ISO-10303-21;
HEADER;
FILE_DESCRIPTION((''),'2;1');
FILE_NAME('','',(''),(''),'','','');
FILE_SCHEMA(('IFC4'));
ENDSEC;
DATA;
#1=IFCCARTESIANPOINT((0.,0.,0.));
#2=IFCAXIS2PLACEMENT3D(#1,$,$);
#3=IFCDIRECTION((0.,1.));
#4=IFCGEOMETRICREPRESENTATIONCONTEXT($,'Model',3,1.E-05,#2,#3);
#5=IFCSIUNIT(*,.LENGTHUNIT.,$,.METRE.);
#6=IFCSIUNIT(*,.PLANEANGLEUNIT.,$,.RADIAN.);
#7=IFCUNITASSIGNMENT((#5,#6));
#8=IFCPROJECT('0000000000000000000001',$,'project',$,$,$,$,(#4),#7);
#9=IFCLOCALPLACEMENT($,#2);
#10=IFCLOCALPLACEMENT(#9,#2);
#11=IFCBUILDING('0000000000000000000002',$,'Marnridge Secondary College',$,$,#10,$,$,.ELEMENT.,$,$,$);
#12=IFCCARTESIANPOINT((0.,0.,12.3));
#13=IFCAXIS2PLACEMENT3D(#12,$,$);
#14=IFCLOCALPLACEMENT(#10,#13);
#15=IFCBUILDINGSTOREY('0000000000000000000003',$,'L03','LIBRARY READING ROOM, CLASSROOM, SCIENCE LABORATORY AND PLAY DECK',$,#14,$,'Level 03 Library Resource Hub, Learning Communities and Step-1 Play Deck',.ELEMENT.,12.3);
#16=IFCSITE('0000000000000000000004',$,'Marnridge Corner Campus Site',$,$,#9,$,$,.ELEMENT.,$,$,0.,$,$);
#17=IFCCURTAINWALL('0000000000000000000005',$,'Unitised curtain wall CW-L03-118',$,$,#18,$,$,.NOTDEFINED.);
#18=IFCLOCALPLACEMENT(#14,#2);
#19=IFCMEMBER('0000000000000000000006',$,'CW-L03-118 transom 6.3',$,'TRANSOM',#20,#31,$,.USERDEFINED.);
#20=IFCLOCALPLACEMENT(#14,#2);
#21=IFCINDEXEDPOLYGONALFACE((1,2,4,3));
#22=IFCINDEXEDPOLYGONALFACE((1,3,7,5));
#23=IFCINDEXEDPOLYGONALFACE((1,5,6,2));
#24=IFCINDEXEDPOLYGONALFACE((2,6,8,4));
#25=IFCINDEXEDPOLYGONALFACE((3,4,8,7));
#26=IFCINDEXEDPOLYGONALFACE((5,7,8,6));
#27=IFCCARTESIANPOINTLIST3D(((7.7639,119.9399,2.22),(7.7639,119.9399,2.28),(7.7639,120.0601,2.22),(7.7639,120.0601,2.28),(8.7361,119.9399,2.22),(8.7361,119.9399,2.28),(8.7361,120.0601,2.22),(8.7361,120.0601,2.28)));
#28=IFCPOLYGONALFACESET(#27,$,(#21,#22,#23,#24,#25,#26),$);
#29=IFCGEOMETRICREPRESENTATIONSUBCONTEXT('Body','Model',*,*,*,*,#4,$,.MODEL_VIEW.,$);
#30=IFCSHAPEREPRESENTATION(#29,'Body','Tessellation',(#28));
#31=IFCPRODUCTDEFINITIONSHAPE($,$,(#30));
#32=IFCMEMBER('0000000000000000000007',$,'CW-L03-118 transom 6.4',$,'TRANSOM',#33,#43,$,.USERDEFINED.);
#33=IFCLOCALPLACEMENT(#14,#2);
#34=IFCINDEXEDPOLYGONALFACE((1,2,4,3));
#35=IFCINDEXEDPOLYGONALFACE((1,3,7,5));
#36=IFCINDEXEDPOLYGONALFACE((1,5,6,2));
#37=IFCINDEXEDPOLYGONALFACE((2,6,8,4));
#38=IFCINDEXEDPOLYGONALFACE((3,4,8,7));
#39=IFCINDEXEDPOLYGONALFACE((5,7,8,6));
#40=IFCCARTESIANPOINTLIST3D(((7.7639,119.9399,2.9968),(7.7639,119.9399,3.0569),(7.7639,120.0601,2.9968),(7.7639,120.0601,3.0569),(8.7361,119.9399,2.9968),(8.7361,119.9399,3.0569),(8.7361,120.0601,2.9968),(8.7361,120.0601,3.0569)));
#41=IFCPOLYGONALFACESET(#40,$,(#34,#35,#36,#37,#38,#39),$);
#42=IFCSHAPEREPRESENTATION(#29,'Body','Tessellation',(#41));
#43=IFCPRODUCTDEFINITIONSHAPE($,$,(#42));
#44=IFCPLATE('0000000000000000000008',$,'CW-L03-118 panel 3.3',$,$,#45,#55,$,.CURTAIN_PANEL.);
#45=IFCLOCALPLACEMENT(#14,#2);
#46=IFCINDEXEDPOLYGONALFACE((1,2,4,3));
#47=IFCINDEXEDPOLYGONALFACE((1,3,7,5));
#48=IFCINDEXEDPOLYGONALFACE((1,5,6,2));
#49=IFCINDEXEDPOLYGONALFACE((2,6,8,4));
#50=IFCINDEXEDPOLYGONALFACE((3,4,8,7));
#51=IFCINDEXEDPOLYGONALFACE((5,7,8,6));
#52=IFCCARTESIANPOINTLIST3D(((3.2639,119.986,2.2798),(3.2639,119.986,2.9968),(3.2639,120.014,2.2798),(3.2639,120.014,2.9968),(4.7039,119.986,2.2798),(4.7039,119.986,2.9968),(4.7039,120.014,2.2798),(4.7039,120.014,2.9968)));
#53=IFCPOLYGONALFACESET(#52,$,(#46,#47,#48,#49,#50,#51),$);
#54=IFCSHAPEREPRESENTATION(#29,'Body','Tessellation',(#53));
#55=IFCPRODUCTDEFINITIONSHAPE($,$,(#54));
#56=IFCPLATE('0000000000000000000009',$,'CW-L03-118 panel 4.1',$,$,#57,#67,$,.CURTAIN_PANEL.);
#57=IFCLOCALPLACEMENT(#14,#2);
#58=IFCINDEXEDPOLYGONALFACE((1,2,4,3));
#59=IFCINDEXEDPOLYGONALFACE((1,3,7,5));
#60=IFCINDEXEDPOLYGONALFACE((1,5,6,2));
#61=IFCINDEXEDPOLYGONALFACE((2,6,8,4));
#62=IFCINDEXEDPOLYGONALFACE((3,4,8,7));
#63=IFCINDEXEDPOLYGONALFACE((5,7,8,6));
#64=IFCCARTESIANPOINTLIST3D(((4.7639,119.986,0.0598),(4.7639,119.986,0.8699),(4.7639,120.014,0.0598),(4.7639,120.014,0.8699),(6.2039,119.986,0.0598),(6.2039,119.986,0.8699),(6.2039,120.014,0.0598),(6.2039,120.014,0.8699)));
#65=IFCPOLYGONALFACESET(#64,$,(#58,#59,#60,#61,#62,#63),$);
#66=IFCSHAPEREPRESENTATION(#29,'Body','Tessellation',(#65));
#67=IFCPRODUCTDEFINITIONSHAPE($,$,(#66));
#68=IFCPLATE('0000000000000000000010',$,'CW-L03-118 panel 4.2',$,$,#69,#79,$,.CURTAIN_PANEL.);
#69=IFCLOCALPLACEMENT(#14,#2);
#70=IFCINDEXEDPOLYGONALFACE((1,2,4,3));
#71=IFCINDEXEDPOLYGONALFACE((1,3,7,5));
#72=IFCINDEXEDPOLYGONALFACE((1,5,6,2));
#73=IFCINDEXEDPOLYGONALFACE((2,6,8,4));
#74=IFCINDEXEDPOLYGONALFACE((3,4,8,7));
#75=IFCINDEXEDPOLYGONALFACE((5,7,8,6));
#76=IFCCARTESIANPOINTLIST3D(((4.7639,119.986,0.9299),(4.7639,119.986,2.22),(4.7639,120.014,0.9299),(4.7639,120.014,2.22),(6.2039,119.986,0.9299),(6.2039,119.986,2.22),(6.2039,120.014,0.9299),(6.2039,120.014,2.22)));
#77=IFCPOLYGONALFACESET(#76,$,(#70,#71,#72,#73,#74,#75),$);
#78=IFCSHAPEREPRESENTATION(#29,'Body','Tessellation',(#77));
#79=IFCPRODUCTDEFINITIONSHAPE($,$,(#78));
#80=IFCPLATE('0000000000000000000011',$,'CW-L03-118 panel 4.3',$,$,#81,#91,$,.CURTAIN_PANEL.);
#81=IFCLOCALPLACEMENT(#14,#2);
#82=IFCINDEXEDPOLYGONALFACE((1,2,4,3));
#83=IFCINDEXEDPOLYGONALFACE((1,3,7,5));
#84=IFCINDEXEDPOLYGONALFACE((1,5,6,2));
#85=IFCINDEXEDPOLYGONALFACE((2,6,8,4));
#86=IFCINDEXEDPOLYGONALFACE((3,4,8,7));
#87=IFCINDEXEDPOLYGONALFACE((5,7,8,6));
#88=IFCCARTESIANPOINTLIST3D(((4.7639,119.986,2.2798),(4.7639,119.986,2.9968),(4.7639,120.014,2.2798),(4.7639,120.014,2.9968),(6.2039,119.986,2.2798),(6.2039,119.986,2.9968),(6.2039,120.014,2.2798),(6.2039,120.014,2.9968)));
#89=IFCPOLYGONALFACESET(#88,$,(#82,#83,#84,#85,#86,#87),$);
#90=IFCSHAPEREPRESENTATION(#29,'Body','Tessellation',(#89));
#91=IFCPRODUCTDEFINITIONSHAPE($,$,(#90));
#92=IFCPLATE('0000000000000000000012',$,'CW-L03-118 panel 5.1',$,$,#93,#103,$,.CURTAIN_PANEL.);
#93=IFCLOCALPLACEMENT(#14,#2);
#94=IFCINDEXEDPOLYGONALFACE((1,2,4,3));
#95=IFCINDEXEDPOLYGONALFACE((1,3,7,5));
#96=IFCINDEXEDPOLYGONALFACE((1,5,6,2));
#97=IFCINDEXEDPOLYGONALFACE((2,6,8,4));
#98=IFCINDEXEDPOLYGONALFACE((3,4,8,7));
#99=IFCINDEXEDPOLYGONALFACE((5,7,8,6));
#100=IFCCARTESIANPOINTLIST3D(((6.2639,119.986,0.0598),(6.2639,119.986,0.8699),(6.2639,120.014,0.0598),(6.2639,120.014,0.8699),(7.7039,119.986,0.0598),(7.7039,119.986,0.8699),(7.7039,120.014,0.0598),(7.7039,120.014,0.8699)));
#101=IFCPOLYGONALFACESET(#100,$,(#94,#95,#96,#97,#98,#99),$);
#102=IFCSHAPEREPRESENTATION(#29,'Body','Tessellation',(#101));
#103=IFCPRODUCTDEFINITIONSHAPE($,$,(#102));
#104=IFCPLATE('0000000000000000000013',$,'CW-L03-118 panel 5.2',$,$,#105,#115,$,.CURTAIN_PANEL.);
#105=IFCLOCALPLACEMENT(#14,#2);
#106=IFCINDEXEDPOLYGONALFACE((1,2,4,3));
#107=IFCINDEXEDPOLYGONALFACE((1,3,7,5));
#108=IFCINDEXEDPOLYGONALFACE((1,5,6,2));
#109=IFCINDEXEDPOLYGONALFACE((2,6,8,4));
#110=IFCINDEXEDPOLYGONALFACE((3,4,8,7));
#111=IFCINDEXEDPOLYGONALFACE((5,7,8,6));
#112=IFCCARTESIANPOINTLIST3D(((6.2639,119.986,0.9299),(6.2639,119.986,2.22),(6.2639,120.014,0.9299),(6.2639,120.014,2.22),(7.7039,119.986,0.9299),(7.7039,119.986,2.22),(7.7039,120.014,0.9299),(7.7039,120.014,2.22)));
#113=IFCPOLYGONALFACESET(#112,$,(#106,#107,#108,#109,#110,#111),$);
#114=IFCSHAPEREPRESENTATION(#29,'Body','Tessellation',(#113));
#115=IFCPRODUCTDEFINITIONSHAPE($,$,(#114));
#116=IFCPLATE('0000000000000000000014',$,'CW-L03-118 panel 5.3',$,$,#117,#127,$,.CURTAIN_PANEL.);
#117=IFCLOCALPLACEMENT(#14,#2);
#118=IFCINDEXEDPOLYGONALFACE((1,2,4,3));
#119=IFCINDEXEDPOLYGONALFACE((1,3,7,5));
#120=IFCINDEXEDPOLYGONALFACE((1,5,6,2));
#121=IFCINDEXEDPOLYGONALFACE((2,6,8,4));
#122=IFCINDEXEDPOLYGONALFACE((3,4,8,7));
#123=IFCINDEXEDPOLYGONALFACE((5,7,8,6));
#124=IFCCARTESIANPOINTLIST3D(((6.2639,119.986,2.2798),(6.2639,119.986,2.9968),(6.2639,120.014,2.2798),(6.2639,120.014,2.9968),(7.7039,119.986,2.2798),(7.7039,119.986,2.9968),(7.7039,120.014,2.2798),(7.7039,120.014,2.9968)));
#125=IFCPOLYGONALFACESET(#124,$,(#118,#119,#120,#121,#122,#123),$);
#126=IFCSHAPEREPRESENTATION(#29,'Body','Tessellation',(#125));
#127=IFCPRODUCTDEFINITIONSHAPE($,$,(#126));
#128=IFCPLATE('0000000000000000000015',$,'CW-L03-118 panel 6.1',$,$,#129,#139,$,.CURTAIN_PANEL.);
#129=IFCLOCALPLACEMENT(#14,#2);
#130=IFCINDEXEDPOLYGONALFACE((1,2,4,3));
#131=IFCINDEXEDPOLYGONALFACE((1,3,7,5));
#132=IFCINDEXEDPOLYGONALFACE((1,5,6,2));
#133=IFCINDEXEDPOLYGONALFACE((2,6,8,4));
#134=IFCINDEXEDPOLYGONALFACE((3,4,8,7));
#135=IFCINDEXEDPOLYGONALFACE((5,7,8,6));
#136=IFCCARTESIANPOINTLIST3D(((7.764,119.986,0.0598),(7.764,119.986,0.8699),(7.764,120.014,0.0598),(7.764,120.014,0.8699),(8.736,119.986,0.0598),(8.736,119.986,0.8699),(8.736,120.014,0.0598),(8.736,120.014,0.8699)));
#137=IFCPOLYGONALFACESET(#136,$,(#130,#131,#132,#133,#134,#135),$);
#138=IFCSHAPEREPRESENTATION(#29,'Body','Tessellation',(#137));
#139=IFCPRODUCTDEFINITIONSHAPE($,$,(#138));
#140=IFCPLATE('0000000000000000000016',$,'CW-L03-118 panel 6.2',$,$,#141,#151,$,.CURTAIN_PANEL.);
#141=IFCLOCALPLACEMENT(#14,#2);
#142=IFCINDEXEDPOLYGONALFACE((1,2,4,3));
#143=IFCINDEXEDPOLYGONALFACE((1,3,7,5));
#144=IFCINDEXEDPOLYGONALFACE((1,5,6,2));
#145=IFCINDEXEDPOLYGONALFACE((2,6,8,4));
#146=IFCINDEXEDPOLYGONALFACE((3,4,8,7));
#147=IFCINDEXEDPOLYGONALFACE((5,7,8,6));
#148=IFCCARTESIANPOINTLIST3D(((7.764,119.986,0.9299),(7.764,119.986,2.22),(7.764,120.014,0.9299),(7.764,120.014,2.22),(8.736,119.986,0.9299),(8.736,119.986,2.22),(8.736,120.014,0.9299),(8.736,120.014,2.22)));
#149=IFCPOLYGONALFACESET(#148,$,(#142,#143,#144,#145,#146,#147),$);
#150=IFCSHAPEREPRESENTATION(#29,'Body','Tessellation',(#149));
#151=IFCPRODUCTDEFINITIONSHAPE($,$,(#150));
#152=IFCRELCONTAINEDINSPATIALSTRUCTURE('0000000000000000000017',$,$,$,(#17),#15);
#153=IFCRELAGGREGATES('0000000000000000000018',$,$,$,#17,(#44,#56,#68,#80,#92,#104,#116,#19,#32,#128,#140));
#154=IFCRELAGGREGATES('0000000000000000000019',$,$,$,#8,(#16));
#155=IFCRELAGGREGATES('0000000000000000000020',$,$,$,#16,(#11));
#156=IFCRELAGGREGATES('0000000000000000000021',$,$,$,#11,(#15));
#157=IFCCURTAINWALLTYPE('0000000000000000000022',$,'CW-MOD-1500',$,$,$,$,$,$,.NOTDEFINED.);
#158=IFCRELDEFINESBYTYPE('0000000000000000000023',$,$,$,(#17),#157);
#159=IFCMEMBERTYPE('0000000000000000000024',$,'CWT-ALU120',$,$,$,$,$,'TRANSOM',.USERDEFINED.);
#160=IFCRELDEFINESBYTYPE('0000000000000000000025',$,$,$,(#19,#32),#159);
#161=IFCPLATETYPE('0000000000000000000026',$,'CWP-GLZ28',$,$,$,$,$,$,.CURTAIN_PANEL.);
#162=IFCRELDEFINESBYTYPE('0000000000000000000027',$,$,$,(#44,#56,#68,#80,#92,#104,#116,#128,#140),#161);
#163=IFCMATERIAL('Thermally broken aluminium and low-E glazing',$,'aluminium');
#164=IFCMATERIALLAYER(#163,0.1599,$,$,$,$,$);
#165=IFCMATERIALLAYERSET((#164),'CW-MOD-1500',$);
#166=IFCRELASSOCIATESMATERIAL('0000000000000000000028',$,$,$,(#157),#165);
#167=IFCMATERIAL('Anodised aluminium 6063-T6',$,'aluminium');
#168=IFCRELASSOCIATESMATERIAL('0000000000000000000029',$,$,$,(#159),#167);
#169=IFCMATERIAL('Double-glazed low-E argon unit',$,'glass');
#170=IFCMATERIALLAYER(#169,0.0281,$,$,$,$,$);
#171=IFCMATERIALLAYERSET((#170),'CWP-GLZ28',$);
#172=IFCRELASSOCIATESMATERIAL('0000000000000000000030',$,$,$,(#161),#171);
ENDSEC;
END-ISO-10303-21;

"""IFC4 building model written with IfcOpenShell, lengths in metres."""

from ifc_helpers import new_model, si_unit, direction, frame, origin, origin_2d, place, context, subcontext, project, spatial, rectangle, extrude, material, layer, layer_set, material_profile, profile_set, type_object, element, aggregate, save


model = new_model("IFC4")

# Units and contexts
model_context = context("Model", 3, precision=1e-05, world=origin(), true_north=direction((0.0, 1.0)))
body_context = subcontext(model_context, "Body", "Model", "MODEL_VIEW")
ifc_project = project(units=[si_unit("LENGTHUNIT", "METRE"), si_unit("PLANEANGLEUNIT", "RADIAN")], contexts=[model_context])

# Site, building, storey
site_placement = place(None, origin())
site = spatial("IfcSite", under=ifc_project, at=site_placement, Name="Marnridge Corner Campus Site", CompositionType="ELEMENT", RefElevation=0.0)
building_placement = place(site_placement, origin())
building = spatial("IfcBuilding", under=site, at=building_placement, Name="Marnridge Secondary College", CompositionType="ELEMENT")
storey_placement = place(building_placement, frame((0.0, 0.0, 12.3)))
storey = spatial("IfcBuildingStorey", under=building, at=storey_placement, Name="L03", Description="LIBRARY READING ROOM, CLASSROOM, SCIENCE LABORATORY AND PLAY DECK", LongName="Level 03 Library Resource Hub, Learning Communities and Step-1 Play Deck", CompositionType="ELEMENT", Elevation=12.3)

# Curtain wall, members, plates
ifc_material_1 = material(Name="Thermally broken aluminium and low-E glazing", Category="aluminium")
ifc_layer_1 = layer(ifc_material_1, 0.1599)
ifc_layer_set_1 = layer_set([ifc_layer_1], Name="CW-MOD-1500")
curtain_wall_type = type_object("IfcCurtainWallType", Name="CW-MOD-1500", PredefinedType="NOTDEFINED", material=ifc_layer_set_1)
curtain_wall_placement = place(storey_placement, origin())
curtain_wall = element("IfcCurtainWall", 1, at=curtain_wall_placement, inside=storey, type_object=curtain_wall_type, Name="Unitised curtain wall CW-L03-118", PredefinedType="NOTDEFINED")
ifc_material_2 = material(Name="Anodised aluminium 6063-T6", Category="aluminium")
ifc_material_profile_1 = material_profile(ifc_material_2, rectangle(XDim=0.0601, YDim=0.1201, at=origin_2d()), Name="ALU 60x120")
ifc_profile_set_1 = profile_set([ifc_material_profile_1], Name="Anodised aluminium 6063-T6")
member_type_1 = type_object("IfcMemberType", Name="CWT-ALU120", ElementType="TRANSOM", PredefinedType="USERDEFINED", material=ifc_profile_set_1)
member_1_placement = place(storey_placement, frame((7.7639, 120.0, 2.25), z_axis=(1.0, 0.0, 0.0), x_axis=(0.0, 0.0, 1.0)))
member_1 = element("IfcMember", 2, at=member_1_placement, type_object=member_type_1, Name="CW-L03-118 transom 6.3", ObjectType="TRANSOM", PredefinedType="USERDEFINED", context=body_context, shape_type="SweptSolid", body=[
    extrude(rectangle(XDim=0.0601, YDim=0.1201, at=origin_2d()), origin(), (0.0, 0.0, 1.0), 0.9722),
])
member_2_placement = place(storey_placement, frame((7.7639, 120.0, 3.0269), z_axis=(1.0, 0.0, 0.0), x_axis=(0.0, 0.0, 1.0)))
member_2 = element("IfcMember", 3, at=member_2_placement, type_object=member_type_1, Name="CW-L03-118 transom 6.4", ObjectType="TRANSOM", PredefinedType="USERDEFINED", context=body_context, shape_type="SweptSolid", body=[
    extrude(rectangle(XDim=0.0601, YDim=0.1201, at=origin_2d()), origin(), (0.0, 0.0, 1.0), 0.9722),
])
ifc_material_3 = material(Name="Double-glazed low-E argon unit", Category="glass")
ifc_layer_2 = layer(ifc_material_3, 0.0281)
ifc_layer_set_2 = layer_set([ifc_layer_2], Name="CWP-GLZ28")
plate_type = type_object("IfcPlateType", Name="CWP-GLZ28", PredefinedType="CURTAIN_PANEL", material=ifc_layer_set_2)
plate_1_placement = place(storey_placement, frame((3.9839, 120.0, 2.2798), z_axis=(0.0, 0.0, 1.0), x_axis=(1.0, 0.0, 0.0)))
plate_1 = element("IfcPlate", 4, at=plate_1_placement, type_object=plate_type, Name="CW-L03-118 panel 3.3", PredefinedType="CURTAIN_PANEL", context=body_context, shape_type="SweptSolid", body=[
    extrude(rectangle(XDim=1.4399, YDim=0.0281, at=origin_2d()), origin(), (0.0, 0.0, 1.0), 0.717),
])
plate_2_placement = place(storey_placement, frame((5.4839, 120.0, 0.0598), z_axis=(0.0, 0.0, 1.0), x_axis=(1.0, 0.0, 0.0)))
plate_2 = element("IfcPlate", 5, at=plate_2_placement, type_object=plate_type, Name="CW-L03-118 panel 4.1", PredefinedType="CURTAIN_PANEL", context=body_context, shape_type="SweptSolid", body=[
    extrude(rectangle(XDim=1.4399, YDim=0.0281, at=origin_2d()), origin(), (0.0, 0.0, 1.0), 0.8101),
])
plate_3_placement = place(storey_placement, frame((5.4839, 120.0, 0.9299), z_axis=(0.0, 0.0, 1.0), x_axis=(1.0, 0.0, 0.0)))
plate_3 = element("IfcPlate", 6, at=plate_3_placement, type_object=plate_type, Name="CW-L03-118 panel 4.2", PredefinedType="CURTAIN_PANEL", context=body_context, shape_type="SweptSolid", body=[
    extrude(rectangle(XDim=1.4399, YDim=0.0281, at=origin_2d()), origin(), (0.0, 0.0, 1.0), 1.29),
])
plate_4_placement = place(storey_placement, frame((5.4839, 120.0, 2.2798), z_axis=(0.0, 0.0, 1.0), x_axis=(1.0, 0.0, 0.0)))
plate_4 = element("IfcPlate", 7, at=plate_4_placement, type_object=plate_type, Name="CW-L03-118 panel 4.3", PredefinedType="CURTAIN_PANEL", context=body_context, shape_type="SweptSolid", body=[
    extrude(rectangle(XDim=1.4399, YDim=0.0281, at=origin_2d()), origin(), (0.0, 0.0, 1.0), 0.717),
])
plate_5_placement = place(storey_placement, frame((6.9839, 120.0, 0.0598), z_axis=(0.0, 0.0, 1.0), x_axis=(1.0, 0.0, 0.0)))
plate_5 = element("IfcPlate", 8, at=plate_5_placement, type_object=plate_type, Name="CW-L03-118 panel 5.1", PredefinedType="CURTAIN_PANEL", context=body_context, shape_type="SweptSolid", body=[
    extrude(rectangle(XDim=1.4399, YDim=0.0281, at=origin_2d()), origin(), (0.0, 0.0, 1.0), 0.8101),
])
plate_6_placement = place(storey_placement, frame((6.9839, 120.0, 0.9299), z_axis=(0.0, 0.0, 1.0), x_axis=(1.0, 0.0, 0.0)))
plate_6 = element("IfcPlate", 9, at=plate_6_placement, type_object=plate_type, Name="CW-L03-118 panel 5.2", PredefinedType="CURTAIN_PANEL", context=body_context, shape_type="SweptSolid", body=[
    extrude(rectangle(XDim=1.4399, YDim=0.0281, at=origin_2d()), origin(), (0.0, 0.0, 1.0), 1.29),
])
plate_7_placement = place(storey_placement, frame((6.9839, 120.0, 2.2798), z_axis=(0.0, 0.0, 1.0), x_axis=(1.0, 0.0, 0.0)))
plate_7 = element("IfcPlate", 10, at=plate_7_placement, type_object=plate_type, Name="CW-L03-118 panel 5.3", PredefinedType="CURTAIN_PANEL", context=body_context, shape_type="SweptSolid", body=[
    extrude(rectangle(XDim=1.4399, YDim=0.0281, at=origin_2d()), origin(), (0.0, 0.0, 1.0), 0.717),
])
plate_8_placement = place(storey_placement, frame((8.25, 120.0, 0.0598), z_axis=(0.0, 0.0, 1.0), x_axis=(1.0, 0.0, 0.0)))
plate_8 = element("IfcPlate", 11, at=plate_8_placement, type_object=plate_type, Name="CW-L03-118 panel 6.1", PredefinedType="CURTAIN_PANEL", context=body_context, shape_type="SweptSolid", body=[
    extrude(rectangle(XDim=0.9719, YDim=0.0281, at=origin_2d()), origin(), (0.0, 0.0, 1.0), 0.8101),
])
plate_9_placement = place(storey_placement, frame((8.25, 120.0, 0.9299), z_axis=(0.0, 0.0, 1.0), x_axis=(1.0, 0.0, 0.0)))
plate_9 = element("IfcPlate", 12, at=plate_9_placement, type_object=plate_type, Name="CW-L03-118 panel 6.2", PredefinedType="CURTAIN_PANEL", context=body_context, shape_type="SweptSolid", body=[
    extrude(rectangle(XDim=0.9719, YDim=0.0281, at=origin_2d()), origin(), (0.0, 0.0, 1.0), 1.29),
])
aggregate(curtain_wall, [plate_1, plate_2, plate_3, plate_4, plate_5, plate_6, plate_7, member_1, member_2, plate_8, plate_9])

save(model, "model.ifc")
